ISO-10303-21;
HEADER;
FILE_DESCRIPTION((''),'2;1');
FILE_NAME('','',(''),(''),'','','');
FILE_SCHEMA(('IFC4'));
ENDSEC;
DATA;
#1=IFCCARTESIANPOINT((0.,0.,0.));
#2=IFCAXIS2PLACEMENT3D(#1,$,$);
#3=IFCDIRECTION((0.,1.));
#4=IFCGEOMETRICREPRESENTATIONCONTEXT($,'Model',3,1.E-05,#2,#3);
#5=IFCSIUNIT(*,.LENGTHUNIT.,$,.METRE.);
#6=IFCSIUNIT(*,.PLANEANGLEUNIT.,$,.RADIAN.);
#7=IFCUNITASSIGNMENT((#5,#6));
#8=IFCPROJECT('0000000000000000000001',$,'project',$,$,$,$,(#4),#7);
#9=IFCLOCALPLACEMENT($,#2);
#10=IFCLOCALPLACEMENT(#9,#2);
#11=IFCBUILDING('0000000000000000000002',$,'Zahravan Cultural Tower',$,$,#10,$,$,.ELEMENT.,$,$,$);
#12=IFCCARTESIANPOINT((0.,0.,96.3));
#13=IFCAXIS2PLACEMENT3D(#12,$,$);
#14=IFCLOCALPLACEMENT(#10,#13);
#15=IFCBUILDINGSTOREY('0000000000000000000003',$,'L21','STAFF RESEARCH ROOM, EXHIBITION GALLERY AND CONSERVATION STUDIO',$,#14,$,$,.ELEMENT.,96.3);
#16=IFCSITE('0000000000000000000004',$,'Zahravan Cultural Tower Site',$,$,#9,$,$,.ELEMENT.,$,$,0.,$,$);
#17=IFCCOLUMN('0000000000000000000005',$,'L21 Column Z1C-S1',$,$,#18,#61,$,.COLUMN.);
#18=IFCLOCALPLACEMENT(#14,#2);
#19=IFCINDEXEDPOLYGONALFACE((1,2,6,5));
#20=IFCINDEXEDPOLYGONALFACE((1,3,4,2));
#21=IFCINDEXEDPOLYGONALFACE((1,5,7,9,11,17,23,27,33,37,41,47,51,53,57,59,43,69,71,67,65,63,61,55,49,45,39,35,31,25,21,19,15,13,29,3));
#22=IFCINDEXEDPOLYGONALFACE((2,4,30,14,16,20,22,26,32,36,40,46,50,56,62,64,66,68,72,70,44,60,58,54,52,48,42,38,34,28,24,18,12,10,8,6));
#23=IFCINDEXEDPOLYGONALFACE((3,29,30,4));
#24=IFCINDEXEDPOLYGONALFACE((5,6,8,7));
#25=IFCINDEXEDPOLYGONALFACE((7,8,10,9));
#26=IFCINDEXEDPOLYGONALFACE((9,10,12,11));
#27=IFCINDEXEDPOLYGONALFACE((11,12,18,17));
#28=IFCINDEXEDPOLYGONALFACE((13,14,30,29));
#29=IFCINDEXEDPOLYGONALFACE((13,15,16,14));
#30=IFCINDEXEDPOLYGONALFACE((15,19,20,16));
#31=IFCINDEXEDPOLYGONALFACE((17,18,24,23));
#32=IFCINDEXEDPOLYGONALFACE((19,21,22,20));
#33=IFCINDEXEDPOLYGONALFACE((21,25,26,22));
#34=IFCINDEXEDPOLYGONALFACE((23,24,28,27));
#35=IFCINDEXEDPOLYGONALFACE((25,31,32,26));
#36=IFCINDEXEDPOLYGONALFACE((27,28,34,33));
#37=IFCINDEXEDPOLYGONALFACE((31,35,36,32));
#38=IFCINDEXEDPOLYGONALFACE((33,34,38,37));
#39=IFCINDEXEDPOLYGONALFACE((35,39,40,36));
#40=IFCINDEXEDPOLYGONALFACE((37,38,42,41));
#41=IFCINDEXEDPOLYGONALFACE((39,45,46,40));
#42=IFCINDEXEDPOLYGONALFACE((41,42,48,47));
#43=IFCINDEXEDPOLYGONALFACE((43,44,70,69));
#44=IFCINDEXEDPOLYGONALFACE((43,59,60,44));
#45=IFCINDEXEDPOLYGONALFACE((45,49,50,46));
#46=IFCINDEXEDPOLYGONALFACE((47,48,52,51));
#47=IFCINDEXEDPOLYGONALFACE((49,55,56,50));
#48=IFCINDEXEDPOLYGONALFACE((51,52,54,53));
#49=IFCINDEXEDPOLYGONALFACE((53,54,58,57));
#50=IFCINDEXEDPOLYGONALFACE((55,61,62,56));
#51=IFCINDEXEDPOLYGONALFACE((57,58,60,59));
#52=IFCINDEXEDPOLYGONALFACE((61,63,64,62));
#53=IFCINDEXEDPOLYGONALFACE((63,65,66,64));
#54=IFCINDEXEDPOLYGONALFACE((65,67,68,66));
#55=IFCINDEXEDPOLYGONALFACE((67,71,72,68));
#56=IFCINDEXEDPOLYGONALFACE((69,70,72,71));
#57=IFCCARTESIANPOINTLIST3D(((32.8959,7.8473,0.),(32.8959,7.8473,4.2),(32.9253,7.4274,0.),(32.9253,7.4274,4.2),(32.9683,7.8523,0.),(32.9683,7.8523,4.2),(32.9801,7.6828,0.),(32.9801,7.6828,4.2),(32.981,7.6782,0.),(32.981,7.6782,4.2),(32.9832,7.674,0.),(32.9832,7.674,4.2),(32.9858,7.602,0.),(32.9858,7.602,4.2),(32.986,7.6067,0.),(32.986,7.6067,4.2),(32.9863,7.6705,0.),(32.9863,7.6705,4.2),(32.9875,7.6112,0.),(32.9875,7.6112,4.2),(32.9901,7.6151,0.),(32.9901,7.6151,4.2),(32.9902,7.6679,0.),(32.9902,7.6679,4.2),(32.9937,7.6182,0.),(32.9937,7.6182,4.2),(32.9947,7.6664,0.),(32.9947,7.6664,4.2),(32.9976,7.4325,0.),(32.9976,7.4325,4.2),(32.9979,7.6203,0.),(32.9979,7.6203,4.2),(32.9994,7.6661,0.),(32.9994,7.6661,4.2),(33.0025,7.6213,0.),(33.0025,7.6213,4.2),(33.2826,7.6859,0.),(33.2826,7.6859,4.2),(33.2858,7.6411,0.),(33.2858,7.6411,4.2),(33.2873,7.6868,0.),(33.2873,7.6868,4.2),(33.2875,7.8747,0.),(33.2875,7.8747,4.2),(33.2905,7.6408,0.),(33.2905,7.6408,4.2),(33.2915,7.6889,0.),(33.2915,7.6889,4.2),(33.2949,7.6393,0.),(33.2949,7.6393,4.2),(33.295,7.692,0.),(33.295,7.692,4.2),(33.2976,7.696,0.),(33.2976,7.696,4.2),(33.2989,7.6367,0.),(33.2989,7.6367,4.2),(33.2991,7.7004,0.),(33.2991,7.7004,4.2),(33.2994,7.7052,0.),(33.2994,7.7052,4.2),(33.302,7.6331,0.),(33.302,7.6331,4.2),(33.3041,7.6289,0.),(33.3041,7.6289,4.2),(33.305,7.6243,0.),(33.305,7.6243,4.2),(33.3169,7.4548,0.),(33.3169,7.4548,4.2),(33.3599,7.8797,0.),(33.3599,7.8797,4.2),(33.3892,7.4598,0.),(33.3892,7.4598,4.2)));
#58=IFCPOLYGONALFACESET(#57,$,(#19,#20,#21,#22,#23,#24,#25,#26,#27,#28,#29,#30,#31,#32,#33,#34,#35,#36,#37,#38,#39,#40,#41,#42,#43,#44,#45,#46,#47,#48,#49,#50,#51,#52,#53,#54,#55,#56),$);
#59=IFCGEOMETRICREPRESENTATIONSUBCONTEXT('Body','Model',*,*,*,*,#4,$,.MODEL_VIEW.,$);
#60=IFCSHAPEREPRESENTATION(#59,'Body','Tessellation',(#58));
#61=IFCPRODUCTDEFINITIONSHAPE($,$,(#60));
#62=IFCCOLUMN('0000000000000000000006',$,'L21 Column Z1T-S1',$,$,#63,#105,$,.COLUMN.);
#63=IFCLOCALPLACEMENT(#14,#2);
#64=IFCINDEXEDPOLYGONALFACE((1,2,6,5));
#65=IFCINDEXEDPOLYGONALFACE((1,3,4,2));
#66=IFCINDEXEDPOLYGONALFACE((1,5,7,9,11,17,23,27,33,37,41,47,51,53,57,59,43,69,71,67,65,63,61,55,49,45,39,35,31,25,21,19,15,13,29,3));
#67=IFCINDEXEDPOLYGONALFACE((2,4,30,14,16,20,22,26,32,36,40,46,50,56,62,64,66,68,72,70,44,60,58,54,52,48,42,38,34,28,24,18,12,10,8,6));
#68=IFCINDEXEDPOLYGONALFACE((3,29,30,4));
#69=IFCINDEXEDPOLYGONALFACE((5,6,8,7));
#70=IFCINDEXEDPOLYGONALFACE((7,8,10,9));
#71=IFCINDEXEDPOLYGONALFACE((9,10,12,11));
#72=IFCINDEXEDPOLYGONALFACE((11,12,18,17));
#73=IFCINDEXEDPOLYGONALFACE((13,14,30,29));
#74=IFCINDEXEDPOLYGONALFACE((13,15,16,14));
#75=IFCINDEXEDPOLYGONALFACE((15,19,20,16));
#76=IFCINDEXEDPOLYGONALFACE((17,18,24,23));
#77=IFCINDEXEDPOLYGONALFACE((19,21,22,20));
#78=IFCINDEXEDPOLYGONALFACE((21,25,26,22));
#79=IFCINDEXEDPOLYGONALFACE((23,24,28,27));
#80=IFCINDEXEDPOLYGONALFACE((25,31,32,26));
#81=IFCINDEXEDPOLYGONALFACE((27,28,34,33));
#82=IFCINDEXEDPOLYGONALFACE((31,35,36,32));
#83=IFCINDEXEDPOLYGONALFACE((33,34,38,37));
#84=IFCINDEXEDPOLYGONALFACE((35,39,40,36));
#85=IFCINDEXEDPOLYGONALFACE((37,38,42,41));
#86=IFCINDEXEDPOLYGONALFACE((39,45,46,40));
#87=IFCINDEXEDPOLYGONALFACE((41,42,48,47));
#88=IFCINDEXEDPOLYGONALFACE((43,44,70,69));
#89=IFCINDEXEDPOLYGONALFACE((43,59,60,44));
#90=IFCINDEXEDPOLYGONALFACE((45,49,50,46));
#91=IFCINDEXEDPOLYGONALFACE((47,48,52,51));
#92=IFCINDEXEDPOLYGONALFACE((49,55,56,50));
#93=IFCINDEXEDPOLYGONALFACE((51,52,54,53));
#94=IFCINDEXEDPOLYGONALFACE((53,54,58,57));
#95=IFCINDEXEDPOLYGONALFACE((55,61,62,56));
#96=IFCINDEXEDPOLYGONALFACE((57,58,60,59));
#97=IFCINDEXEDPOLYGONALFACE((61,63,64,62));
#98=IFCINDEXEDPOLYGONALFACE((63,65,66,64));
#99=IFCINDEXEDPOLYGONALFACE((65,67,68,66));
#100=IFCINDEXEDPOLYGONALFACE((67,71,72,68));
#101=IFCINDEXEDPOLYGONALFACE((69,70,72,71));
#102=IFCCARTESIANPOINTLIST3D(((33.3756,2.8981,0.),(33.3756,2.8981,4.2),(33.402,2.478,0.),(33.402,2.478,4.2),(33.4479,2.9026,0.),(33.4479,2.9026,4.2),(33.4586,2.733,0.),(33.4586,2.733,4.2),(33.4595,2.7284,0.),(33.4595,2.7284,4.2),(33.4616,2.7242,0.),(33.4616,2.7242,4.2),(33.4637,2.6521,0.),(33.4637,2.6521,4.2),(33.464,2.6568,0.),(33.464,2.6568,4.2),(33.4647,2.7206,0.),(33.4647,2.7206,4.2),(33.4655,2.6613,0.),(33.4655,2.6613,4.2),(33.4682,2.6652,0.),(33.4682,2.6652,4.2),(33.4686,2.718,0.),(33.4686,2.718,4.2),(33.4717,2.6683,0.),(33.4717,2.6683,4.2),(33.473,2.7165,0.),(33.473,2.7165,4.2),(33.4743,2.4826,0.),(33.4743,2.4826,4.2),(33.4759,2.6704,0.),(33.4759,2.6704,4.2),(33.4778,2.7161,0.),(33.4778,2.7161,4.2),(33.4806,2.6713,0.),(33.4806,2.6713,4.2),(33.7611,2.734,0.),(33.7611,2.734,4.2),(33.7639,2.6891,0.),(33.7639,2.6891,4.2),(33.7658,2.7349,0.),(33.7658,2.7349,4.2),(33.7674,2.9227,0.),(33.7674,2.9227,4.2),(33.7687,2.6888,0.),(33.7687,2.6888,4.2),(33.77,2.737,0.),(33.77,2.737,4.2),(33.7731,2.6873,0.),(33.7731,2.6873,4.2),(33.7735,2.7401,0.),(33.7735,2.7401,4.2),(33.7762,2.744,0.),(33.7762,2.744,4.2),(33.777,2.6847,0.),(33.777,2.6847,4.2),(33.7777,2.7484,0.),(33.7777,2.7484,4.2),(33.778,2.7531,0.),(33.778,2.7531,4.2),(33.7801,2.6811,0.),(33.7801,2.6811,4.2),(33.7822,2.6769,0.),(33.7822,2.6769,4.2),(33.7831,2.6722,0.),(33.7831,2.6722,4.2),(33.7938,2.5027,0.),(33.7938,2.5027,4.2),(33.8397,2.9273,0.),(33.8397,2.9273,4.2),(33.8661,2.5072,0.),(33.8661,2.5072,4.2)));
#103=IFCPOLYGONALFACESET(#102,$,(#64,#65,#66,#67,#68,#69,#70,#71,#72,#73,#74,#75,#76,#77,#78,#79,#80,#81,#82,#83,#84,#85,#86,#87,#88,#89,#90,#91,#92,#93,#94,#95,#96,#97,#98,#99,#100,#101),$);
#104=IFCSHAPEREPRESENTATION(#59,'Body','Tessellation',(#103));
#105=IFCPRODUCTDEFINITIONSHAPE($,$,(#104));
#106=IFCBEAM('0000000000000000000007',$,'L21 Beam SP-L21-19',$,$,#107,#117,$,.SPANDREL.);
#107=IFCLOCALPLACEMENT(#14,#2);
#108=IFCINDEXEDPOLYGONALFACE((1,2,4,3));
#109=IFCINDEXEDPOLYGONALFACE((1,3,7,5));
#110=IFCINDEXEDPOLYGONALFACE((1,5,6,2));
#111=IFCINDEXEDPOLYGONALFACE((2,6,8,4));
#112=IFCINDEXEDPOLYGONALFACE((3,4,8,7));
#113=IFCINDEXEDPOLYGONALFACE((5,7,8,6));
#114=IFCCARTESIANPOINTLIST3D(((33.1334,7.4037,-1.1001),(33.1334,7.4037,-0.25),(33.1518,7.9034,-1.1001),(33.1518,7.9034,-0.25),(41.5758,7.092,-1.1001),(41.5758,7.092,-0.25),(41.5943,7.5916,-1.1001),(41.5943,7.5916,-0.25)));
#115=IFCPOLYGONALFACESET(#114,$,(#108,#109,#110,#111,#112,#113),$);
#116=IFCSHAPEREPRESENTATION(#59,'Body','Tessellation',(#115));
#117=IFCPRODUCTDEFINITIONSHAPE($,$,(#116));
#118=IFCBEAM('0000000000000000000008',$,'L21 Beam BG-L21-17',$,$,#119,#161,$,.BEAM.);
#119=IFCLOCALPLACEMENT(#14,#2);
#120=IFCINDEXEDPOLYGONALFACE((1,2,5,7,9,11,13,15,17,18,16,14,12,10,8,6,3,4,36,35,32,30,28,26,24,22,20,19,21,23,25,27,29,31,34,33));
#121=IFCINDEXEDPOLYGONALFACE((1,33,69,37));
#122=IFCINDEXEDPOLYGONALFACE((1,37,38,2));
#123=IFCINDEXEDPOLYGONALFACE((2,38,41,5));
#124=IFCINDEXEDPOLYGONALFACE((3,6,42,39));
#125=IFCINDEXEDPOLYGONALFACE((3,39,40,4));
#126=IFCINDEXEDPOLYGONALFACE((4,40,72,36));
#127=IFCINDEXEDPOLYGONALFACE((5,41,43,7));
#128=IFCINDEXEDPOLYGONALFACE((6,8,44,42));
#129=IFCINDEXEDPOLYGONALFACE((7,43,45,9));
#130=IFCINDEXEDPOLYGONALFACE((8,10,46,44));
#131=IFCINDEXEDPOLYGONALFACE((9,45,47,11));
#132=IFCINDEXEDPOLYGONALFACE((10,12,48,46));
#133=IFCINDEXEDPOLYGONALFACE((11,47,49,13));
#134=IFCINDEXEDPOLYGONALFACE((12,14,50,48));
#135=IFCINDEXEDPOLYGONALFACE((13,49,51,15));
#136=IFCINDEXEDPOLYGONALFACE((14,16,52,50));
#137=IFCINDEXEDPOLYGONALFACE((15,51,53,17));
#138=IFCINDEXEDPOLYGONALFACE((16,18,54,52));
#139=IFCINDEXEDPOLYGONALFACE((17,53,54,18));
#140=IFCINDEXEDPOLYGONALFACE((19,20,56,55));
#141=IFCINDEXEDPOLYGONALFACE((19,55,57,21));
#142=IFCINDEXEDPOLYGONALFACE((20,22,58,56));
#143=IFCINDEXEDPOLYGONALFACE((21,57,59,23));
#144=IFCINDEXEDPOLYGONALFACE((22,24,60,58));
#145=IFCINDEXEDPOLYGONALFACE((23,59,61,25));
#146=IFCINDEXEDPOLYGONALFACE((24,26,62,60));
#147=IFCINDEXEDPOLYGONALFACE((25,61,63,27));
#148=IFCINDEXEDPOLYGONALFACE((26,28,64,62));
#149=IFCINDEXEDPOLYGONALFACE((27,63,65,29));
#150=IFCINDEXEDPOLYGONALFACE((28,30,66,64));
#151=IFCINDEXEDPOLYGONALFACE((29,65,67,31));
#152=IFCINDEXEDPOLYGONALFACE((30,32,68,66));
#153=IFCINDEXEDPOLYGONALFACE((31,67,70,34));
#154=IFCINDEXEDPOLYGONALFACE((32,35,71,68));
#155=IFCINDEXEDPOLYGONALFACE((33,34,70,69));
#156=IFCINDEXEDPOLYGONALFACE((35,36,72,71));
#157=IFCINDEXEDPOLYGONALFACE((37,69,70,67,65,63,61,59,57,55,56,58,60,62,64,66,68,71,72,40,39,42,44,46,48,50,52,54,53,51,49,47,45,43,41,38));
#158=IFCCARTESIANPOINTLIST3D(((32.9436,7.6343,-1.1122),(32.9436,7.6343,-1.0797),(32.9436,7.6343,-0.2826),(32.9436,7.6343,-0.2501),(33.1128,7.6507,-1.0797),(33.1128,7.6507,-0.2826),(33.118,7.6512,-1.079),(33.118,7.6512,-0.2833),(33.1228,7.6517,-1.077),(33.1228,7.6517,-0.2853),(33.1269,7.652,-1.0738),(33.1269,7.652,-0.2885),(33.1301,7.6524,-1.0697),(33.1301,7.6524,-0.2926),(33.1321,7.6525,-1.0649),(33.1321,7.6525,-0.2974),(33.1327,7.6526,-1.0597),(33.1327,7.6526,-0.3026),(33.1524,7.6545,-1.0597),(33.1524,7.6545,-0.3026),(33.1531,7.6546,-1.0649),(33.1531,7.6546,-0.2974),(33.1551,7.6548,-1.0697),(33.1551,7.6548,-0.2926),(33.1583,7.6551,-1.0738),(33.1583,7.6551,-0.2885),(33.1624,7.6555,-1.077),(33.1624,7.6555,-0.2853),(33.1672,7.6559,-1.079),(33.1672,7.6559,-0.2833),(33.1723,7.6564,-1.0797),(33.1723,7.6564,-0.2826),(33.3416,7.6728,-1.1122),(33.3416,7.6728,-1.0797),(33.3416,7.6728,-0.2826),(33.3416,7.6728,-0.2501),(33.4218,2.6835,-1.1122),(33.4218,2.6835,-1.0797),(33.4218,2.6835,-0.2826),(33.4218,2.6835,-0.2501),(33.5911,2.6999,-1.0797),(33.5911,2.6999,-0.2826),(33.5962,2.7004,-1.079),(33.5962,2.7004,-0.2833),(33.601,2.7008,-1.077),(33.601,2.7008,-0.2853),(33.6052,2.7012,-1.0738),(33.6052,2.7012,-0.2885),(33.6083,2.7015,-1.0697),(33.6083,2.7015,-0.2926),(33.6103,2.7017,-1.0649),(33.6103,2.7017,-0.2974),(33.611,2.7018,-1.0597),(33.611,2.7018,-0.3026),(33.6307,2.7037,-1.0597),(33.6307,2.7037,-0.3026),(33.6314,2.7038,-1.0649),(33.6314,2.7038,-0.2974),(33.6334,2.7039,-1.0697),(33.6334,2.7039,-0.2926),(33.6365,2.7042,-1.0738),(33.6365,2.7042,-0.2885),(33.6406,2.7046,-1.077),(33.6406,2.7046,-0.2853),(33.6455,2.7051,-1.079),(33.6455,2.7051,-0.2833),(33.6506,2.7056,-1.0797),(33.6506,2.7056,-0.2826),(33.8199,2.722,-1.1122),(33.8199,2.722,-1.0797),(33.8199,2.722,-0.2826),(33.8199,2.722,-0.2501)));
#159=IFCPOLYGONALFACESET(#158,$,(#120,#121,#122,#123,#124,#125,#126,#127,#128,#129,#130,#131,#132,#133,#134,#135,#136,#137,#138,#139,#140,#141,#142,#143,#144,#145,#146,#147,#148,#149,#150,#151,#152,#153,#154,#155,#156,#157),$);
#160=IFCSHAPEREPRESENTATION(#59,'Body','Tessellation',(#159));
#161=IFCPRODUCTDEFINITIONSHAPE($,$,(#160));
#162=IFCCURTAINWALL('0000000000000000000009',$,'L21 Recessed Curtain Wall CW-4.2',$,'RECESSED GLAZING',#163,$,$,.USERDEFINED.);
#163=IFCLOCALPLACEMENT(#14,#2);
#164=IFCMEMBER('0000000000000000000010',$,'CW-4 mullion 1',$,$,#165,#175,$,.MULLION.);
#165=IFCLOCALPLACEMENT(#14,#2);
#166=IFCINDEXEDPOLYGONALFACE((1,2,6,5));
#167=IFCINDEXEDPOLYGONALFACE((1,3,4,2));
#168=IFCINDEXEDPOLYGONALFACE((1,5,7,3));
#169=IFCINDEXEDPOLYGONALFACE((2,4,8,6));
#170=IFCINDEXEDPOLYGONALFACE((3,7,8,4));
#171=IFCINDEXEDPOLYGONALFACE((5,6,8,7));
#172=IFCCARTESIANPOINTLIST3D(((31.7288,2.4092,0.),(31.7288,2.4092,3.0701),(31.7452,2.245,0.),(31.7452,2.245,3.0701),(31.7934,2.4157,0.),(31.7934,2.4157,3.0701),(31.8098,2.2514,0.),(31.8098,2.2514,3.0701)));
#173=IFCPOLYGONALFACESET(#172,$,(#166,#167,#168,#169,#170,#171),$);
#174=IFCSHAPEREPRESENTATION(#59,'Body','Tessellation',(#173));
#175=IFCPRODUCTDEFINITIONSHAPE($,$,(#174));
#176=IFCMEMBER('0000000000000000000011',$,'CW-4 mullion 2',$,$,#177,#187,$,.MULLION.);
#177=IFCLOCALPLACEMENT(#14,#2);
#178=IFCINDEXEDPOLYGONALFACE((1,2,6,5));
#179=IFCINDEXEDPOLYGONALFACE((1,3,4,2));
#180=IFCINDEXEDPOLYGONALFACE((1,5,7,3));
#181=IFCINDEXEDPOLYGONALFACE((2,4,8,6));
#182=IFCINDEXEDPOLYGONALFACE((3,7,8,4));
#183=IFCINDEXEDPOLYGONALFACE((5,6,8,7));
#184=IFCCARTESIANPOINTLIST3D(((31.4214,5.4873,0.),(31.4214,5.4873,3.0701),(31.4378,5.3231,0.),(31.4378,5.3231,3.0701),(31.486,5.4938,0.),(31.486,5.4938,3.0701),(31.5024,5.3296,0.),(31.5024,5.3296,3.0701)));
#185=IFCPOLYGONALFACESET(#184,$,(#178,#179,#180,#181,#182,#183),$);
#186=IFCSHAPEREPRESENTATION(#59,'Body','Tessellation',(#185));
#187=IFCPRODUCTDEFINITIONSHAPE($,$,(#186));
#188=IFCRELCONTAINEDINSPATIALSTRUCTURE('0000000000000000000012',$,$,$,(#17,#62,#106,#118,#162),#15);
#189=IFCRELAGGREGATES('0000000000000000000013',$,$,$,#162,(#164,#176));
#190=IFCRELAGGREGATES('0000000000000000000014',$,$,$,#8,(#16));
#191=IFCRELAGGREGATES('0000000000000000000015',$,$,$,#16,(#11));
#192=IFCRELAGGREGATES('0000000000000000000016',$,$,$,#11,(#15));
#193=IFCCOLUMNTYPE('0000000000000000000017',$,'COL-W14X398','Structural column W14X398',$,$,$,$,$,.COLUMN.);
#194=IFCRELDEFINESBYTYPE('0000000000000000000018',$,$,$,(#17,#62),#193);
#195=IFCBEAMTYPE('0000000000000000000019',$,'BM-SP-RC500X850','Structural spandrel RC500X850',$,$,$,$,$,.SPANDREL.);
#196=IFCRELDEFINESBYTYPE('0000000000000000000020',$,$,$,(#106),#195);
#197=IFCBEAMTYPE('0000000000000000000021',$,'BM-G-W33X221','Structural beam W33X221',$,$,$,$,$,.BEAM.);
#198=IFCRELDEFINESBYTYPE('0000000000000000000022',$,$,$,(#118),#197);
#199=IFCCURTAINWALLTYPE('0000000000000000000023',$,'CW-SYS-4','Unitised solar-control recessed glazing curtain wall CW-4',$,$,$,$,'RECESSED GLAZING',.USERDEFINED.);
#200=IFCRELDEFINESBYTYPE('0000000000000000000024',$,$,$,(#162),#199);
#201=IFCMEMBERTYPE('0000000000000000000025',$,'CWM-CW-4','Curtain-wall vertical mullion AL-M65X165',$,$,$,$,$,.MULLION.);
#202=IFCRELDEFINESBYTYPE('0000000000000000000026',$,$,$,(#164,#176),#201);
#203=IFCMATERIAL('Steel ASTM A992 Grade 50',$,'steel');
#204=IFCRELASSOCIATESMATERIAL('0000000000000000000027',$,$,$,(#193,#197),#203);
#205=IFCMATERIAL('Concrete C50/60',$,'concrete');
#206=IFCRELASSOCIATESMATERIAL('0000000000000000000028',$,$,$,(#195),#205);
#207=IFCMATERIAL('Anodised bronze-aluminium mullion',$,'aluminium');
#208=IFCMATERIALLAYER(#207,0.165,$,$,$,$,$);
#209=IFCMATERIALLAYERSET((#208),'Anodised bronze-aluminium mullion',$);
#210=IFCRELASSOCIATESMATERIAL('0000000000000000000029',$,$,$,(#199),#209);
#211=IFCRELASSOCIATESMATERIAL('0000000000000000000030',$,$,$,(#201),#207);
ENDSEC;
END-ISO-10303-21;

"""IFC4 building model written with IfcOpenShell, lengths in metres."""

from ifc_helpers import new_model, si_unit, direction, frame, origin, origin_2d, place, context, subcontext, project, spatial, rectangle, i_section, extrude, source, transform, mapped, material, layer, layer_set, material_profile, profile_set, type_object, element, aggregate, save


model = new_model("IFC4")

# Units and contexts
model_context = context("Model", 3, precision=1e-05, world=origin(), true_north=direction((0.0, 1.0)))
body_context = subcontext(model_context, "Body", "Model", "MODEL_VIEW")
ifc_project = project(units=[si_unit("LENGTHUNIT", "METRE"), si_unit("PLANEANGLEUNIT", "RADIAN")], contexts=[model_context])

# Site, building, storey
site_placement = place(None, origin())
site = spatial("IfcSite", under=ifc_project, at=site_placement, Name="Zahravan Cultural Tower Site", CompositionType="ELEMENT", RefElevation=0.0)
building_placement = place(site_placement, origin())
building = spatial("IfcBuilding", under=site, at=building_placement, Name="Zahravan Cultural Tower", CompositionType="ELEMENT")
storey_placement = place(building_placement, frame((0.0, 0.0, 96.3)))
storey = spatial("IfcBuildingStorey", under=building, at=storey_placement, Name="L21", Description="STAFF RESEARCH ROOM, EXHIBITION GALLERY AND CONSERVATION STUDIO", CompositionType="ELEMENT", Elevation=96.3)

# Columns
ifc_material_1 = material(Name="Steel ASTM A992 Grade 50", Category="steel")
ifc_material_profile_1 = material_profile(ifc_material_1, i_section(OverallWidth=0.4209, OverallDepth=0.4651, WebThickness=0.0449, FlangeThickness=0.0725, FilletRadius=0.0181, at=origin_2d()), Name="W14X398")
ifc_profile_set_1 = profile_set([ifc_material_profile_1], Name="Steel ASTM A992 Grade 50")
column_type = type_object("IfcColumnType", Name="COL-W14X398", Description="Structural column W14X398", PredefinedType="COLUMN", material=ifc_profile_set_1)
shared_shape_1 = source(origin(), body_context, "Body", "SweptSolid", [
    extrude(i_section(OverallWidth=0.4209, OverallDepth=0.4651, WebThickness=0.0449, FlangeThickness=0.0725, FilletRadius=0.0181, at=origin_2d()), origin(), (0.0, 0.0, 1.0), 4.2),
])
for number, where, z_axis, x_axis, name in (
    (1, (33.1426, 7.6536, 0.0), (0.0, 0.0, 1.0), (-0.069756, 0.997564, 0.0), "L21 Column Z1C-S1"),
    (2, (33.6208, 2.7026, 0.0), (0.0, 0.0, 1.0), (-0.062791, 0.998027, 0.0), "L21 Column Z1T-S1"),
):
    element("IfcColumn", number, at=place(storey_placement, frame(where, z_axis=z_axis, x_axis=x_axis)), inside=storey, type_object=column_type, Name=name, PredefinedType="COLUMN", context=body_context, shape_type="MappedRepresentation", body=[
        mapped(shared_shape_1, transform((0.0, 0.0, 0.0), x_axis=(1.0, 0.0, 0.0), y_axis=(0.0, 1.0, 0.0), z_axis=(0.0, 0.0, 1.0), scale=1.0)),
    ])

# Beams
ifc_material_2 = material(Name="Concrete C50/60", Category="concrete")
ifc_material_profile_2 = material_profile(ifc_material_2, rectangle(XDim=0.5, YDim=0.8501, at=origin_2d()), Name="RC500X850")
ifc_profile_set_2 = profile_set([ifc_material_profile_2], Name="Concrete C50/60")
beam_type_1 = type_object("IfcBeamType", Name="BM-SP-RC500X850", Description="Structural spandrel RC500X850", PredefinedType="SPANDREL", material=ifc_profile_set_2)
shared_shape_2 = source(origin(), body_context, "Body", "SweptSolid", [
    extrude(rectangle(XDim=0.5, YDim=0.8501, at=origin_2d()), origin(), (0.0, 0.0, 1.0), 8.4482),
])
beam_1_placement = place(storey_placement, frame((33.1426, 7.6536, -0.675), z_axis=(0.999319, -0.036904, 0.0), x_axis=(0.036904, 0.999319, 0.0)))
element("IfcBeam", 3, at=beam_1_placement, inside=storey, type_object=beam_type_1, Name="L21 Beam SP-L21-19", PredefinedType="SPANDREL", context=body_context, shape_type="MappedRepresentation", body=[
    mapped(shared_shape_2, transform((0.0, 0.0, 0.0), x_axis=(1.0, 0.0, 0.0), y_axis=(0.0, 1.0, 0.0), z_axis=(0.0, 0.0, 1.0), scale=1.0)),
])
ifc_material_profile_3 = material_profile(ifc_material_1, i_section(OverallWidth=0.3999, OverallDepth=0.8621, WebThickness=0.0198, FlangeThickness=0.0325, FilletRadius=0.02, at=origin_2d()), Name="W33X221")
ifc_profile_set_3 = profile_set([ifc_material_profile_3], Name="Steel ASTM A992 Grade 50")
beam_type_2 = type_object("IfcBeamType", Name="BM-G-W33X221", Description="Structural beam W33X221", PredefinedType="BEAM", material=ifc_profile_set_3)
shared_shape_3 = source(origin(), body_context, "Body", "SweptSolid", [
    extrude(i_section(OverallWidth=0.3999, OverallDepth=0.8621, WebThickness=0.0198, FlangeThickness=0.0325, FilletRadius=0.02, at=origin_2d()), origin(), (0.0, 0.0, 1.0), 4.9739),
])
beam_2_placement = place(storey_placement, frame((33.1426, 7.6536, -0.6812), z_axis=(0.096155, -0.995366, 0.0), x_axis=(0.995366, 0.096155, 0.0)))
element("IfcBeam", 4, at=beam_2_placement, inside=storey, type_object=beam_type_2, Name="L21 Beam BG-L21-17", PredefinedType="BEAM", context=body_context, shape_type="MappedRepresentation", body=[
    mapped(shared_shape_3, transform((0.0, 0.0, 0.0), x_axis=(1.0, 0.0, 0.0), y_axis=(0.0, 1.0, 0.0), z_axis=(0.0, 0.0, 1.0), scale=1.0)),
])

# Curtain wall, members
ifc_material_3 = material(Name="Anodised bronze-aluminium mullion", Category="aluminium")
ifc_layer_1 = layer(ifc_material_3, 0.165)
ifc_layer_set_1 = layer_set([ifc_layer_1], Name="Anodised bronze-aluminium mullion")
curtain_wall_type = type_object("IfcCurtainWallType", Name="CW-SYS-4", Description="Unitised solar-control recessed glazing curtain wall CW-4", ElementType="RECESSED GLAZING", PredefinedType="USERDEFINED", material=ifc_layer_set_1)
curtain_wall_placement = place(storey_placement, origin())
curtain_wall = element("IfcCurtainWall", 5, at=curtain_wall_placement, inside=storey, type_object=curtain_wall_type, Name="L21 Recessed Curtain Wall CW-4.2", ObjectType="RECESSED GLAZING", PredefinedType="USERDEFINED")
ifc_material_profile_4 = material_profile(ifc_material_3, rectangle(XDim=0.0649, YDim=0.165, at=origin_2d()), Name="AL-M65X165")
ifc_profile_set_4 = profile_set([ifc_material_profile_4], Name="Anodised bronze-aluminium mullion")
member_type_1 = type_object("IfcMemberType", Name="CWM-CW-4", Description="Curtain-wall vertical mullion AL-M65X165", PredefinedType="MULLION", material=ifc_profile_set_4)
shared_shape_4 = source(origin(), body_context, "Body", "SweptSolid", [
    extrude(rectangle(XDim=0.0649, YDim=0.165, at=origin_2d()), origin(), (0.0, 0.0, 1.0), 3.0701),
])
member_1_placement = place(storey_placement, frame((31.7693, 2.3303, 0.0), z_axis=(0.0, 0.0, 1.0), x_axis=(-0.995055, -0.099322, 0.0)))
member_1 = element("IfcMember", 6, at=member_1_placement, type_object=member_type_1, Name="CW-4 mullion 1", PredefinedType="MULLION", context=body_context, shape_type="MappedRepresentation", body=[
    mapped(shared_shape_4, transform((0.0, 0.0, 0.0), x_axis=(1.0, 0.0, 0.0), y_axis=(0.0, 1.0, 0.0), z_axis=(0.0, 0.0, 1.0), scale=1.0)),
])
member_2_placement = place(storey_placement, frame((31.4619, 5.4084, 0.0), z_axis=(0.0, 0.0, 1.0), x_axis=(-0.995055, -0.099322, 0.0)))
member_2 = element("IfcMember", 7, at=member_2_placement, type_object=member_type_1, Name="CW-4 mullion 2", PredefinedType="MULLION", context=body_context, shape_type="MappedRepresentation", body=[
    mapped(shared_shape_4, transform((0.0, 0.0, 0.0), x_axis=(1.0, 0.0, 0.0), y_axis=(0.0, 1.0, 0.0), z_axis=(0.0, 0.0, 1.0), scale=1.0)),
])
aggregate(curtain_wall, [member_1, member_2])

save(model, "model.ifc")
